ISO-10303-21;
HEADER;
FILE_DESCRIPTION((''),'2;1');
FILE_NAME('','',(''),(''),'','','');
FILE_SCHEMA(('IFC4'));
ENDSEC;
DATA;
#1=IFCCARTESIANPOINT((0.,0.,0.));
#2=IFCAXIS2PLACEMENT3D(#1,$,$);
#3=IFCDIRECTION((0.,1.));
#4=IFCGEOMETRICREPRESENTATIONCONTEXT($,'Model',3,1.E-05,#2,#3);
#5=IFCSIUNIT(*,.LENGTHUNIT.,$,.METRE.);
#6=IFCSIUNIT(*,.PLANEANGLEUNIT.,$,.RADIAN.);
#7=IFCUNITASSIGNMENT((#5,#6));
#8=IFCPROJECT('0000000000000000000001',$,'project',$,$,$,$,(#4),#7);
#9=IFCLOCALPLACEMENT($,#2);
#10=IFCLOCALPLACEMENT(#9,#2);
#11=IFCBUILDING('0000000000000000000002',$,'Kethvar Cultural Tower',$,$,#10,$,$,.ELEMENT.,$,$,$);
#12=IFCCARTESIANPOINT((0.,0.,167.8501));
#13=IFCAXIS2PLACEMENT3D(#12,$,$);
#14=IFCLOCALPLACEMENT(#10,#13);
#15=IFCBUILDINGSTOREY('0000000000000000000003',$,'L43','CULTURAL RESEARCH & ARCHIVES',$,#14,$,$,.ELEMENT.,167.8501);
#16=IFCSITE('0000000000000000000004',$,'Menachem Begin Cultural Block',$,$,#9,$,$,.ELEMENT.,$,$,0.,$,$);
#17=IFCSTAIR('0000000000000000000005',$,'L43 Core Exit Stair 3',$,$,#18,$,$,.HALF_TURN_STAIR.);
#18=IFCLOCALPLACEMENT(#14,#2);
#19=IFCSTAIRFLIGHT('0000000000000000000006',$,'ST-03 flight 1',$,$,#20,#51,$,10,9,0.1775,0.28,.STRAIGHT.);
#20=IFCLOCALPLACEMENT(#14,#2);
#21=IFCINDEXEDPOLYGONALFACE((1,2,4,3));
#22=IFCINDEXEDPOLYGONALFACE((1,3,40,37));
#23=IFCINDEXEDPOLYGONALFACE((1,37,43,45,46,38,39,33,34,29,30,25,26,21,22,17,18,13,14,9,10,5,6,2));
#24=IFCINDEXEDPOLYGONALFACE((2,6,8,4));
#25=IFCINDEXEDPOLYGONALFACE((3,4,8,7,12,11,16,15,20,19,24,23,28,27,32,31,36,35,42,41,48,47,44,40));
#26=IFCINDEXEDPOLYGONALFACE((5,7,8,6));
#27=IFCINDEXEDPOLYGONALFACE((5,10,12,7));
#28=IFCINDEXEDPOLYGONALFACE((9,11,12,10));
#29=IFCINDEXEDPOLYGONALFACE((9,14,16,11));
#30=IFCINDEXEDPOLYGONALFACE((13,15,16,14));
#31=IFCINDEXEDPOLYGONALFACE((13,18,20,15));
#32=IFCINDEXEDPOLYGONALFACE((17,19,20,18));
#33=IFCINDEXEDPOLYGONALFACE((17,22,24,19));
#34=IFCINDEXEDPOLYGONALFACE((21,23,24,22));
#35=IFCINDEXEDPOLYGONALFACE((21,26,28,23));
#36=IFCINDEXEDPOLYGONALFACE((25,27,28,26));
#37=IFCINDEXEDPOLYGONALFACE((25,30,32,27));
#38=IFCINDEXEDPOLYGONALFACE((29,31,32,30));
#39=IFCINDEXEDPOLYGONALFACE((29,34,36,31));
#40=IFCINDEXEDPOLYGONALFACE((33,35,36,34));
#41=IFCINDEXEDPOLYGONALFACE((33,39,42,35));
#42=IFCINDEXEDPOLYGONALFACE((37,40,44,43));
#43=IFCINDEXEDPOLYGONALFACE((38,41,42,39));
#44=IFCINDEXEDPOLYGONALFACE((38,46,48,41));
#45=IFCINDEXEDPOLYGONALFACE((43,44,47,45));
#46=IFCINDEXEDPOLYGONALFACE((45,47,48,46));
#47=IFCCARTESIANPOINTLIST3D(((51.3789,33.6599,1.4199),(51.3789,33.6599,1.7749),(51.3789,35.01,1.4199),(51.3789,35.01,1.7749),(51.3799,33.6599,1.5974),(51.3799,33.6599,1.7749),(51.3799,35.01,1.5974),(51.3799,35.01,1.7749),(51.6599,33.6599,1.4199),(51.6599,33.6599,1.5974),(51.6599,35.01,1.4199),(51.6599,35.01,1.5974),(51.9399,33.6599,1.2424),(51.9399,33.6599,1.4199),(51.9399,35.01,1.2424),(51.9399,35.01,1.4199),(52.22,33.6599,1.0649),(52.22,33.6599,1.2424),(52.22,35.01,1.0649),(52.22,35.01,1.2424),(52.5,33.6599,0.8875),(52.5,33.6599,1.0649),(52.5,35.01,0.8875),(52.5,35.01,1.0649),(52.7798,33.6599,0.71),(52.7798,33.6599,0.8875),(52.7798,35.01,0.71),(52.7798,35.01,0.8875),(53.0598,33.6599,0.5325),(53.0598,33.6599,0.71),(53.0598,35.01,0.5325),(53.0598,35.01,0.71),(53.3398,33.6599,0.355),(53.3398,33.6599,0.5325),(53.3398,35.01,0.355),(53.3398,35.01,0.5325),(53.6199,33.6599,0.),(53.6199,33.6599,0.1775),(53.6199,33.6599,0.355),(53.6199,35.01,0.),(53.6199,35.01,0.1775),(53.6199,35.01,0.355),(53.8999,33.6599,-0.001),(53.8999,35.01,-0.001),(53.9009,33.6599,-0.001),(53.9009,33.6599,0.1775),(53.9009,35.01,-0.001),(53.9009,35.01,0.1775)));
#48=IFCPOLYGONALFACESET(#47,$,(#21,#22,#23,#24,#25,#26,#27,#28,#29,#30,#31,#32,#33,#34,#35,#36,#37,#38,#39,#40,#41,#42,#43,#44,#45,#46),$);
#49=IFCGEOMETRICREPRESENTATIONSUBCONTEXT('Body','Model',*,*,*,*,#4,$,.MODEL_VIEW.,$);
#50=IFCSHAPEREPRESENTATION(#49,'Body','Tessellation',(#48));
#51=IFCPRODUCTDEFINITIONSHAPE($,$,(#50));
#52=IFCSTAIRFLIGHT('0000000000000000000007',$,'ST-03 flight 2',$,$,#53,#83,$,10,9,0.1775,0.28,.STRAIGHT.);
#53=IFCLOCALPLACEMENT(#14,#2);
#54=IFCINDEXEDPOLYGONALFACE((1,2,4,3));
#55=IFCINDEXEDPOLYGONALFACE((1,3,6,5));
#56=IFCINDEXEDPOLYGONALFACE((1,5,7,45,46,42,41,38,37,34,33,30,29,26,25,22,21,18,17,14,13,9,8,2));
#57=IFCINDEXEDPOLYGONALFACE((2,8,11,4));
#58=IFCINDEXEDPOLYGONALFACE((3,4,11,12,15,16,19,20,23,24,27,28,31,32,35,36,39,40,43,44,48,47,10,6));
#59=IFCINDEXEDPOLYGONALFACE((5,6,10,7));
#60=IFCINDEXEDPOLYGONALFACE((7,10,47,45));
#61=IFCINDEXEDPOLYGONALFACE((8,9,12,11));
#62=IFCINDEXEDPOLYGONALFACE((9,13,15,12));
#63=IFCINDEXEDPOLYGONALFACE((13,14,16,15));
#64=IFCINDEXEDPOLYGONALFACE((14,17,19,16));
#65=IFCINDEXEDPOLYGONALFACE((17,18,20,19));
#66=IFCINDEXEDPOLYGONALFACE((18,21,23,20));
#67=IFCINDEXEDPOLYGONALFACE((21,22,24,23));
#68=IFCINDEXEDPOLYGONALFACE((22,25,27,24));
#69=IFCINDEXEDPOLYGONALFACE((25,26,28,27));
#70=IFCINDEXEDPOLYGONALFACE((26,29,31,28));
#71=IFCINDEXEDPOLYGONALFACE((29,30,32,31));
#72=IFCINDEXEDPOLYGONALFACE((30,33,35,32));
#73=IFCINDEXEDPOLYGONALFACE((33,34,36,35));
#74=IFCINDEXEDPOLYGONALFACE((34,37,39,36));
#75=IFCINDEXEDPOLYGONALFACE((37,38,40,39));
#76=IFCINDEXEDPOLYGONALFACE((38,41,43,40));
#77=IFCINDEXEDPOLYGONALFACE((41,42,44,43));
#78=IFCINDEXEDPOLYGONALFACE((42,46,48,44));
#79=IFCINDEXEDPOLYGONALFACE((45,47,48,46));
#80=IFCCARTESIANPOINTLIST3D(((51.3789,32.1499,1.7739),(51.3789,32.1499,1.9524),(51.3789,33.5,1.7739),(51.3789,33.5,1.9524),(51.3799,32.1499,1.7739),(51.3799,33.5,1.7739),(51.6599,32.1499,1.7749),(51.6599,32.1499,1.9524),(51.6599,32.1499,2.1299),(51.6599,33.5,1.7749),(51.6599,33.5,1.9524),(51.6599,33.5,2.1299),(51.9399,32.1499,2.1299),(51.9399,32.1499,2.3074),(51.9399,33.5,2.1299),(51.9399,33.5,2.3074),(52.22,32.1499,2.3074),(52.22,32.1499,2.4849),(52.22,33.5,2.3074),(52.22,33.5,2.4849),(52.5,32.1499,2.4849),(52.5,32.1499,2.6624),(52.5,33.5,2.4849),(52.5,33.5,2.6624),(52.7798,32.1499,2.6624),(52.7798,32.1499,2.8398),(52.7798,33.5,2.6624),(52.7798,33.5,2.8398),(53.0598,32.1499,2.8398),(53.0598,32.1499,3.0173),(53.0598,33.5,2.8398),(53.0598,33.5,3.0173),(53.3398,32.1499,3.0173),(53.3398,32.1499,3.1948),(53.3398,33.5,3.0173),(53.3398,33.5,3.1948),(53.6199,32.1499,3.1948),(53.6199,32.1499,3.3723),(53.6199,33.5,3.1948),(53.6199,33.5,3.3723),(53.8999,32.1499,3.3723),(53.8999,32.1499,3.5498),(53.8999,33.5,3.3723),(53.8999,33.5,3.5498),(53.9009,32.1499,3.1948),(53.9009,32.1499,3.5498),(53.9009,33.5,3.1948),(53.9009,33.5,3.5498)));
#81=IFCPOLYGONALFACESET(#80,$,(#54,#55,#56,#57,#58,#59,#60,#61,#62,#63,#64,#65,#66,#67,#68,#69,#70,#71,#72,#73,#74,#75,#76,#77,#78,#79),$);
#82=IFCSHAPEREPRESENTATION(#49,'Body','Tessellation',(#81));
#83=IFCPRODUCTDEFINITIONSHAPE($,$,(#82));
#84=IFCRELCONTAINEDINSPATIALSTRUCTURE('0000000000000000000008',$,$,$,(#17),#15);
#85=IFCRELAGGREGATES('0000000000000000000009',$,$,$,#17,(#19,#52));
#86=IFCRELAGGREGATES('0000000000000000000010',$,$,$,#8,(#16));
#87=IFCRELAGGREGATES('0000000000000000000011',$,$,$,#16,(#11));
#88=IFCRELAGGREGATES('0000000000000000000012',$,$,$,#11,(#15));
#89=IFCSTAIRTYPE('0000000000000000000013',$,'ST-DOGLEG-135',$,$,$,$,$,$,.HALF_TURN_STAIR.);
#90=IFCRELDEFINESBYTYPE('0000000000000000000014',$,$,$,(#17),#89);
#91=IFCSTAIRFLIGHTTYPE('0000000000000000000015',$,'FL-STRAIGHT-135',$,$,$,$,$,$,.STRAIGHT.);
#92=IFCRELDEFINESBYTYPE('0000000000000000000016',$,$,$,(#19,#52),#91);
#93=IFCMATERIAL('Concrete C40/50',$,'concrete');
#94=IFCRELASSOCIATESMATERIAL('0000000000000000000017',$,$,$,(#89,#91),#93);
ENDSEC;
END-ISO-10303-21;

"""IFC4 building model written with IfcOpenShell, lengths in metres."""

from ifc_helpers import new_model, si_unit, direction, frame, origin, place, context, subcontext, project, spatial, polyline, outline, extrude, material, type_object, element, aggregate, save


model = new_model("IFC4")

# Units and contexts
model_context = context("Model", 3, precision=1e-05, world=origin(), true_north=direction((0.0, 1.0)))
body_context = subcontext(model_context, "Body", "Model", "MODEL_VIEW")
ifc_project = project(units=[si_unit("LENGTHUNIT", "METRE"), si_unit("PLANEANGLEUNIT", "RADIAN")], contexts=[model_context])

# Site, building, storey
site_placement = place(None, origin())
site = spatial("IfcSite", under=ifc_project, at=site_placement, Name="Menachem Begin Cultural Block", CompositionType="ELEMENT", RefElevation=0.0)
building_placement = place(site_placement, origin())
building = spatial("IfcBuilding", under=site, at=building_placement, Name="Kethvar Cultural Tower", CompositionType="ELEMENT")
storey_placement = place(building_placement, frame((0.0, 0.0, 167.8501)))
storey = spatial("IfcBuildingStorey", under=building, at=storey_placement, Name="L43", Description="CULTURAL RESEARCH & ARCHIVES", CompositionType="ELEMENT", Elevation=167.8501)

# Shared definitions
ifc_material_1 = material(Name="Concrete C40/50", Category="concrete")

# Stair, stair flights
stair_type = type_object("IfcStairType", Name="ST-DOGLEG-135", PredefinedType="HALF_TURN_STAIR", material=ifc_material_1)
stair_placement = place(storey_placement, origin())
stair = element("IfcStair", 1, at=stair_placement, inside=storey, type_object=stair_type, Name="L43 Core Exit Stair 3", PredefinedType="HALF_TURN_STAIR")
stair_flight_type = type_object("IfcStairFlightType", Name="FL-STRAIGHT-135", PredefinedType="STRAIGHT", material=ifc_material_1)
stair_flight_1_placement = place(storey_placement, frame((53.8999, 34.335, 0.0), z_axis=(0.0, 0.0, 1.0), x_axis=(-1.0, 0.0, 0.0)))
stair_flight_1 = element("IfcStairFlight", 2, at=stair_flight_1_placement, type_object=stair_flight_type, Name="ST-03 flight 1", NumberOfRisers=10, NumberOfTreads=9, PredefinedType="STRAIGHT", RiserHeight=0.1775, TreadLength=0.28, context=body_context, shape_type="SweptSolid", body=[
    extrude(outline(polyline([(-0.001, -0.001), (-0.001, 0.1775), (0.28, 0.1775), (0.28, 0.355), (0.5601, 0.355), (0.5601, 0.5325), (0.8401, 0.5325), (0.8401, 0.71), (1.1201, 0.71), (1.1201, 0.8875), (1.3999, 0.8875), (1.3999, 1.0649), (1.6799, 1.0649), (1.6799, 1.2424), (1.96, 1.2424), (1.96, 1.4199), (2.24, 1.4199), (2.24, 1.5974), (2.52, 1.5974), (2.52, 1.7749), (2.521, 1.7749), (2.521, 1.4199), (0.28, 0.0), (0.0, -0.001), (-0.001, -0.001)])), frame((0.0, 0.675, 0.0), z_axis=(0.0, -1.0, 0.0), x_axis=(1.0, 0.0, 0.0)), (0.0, 0.0, 1.0), 1.3501),
])
stair_flight_2_placement = place(storey_placement, frame((51.3799, 32.825, 1.7749), z_axis=(0.0, 0.0, 1.0), x_axis=(1.0, 0.0, 0.0)))
stair_flight_2 = element("IfcStairFlight", 3, at=stair_flight_2_placement, type_object=stair_flight_type, Name="ST-03 flight 2", NumberOfRisers=10, NumberOfTreads=9, PredefinedType="STRAIGHT", RiserHeight=0.1775, TreadLength=0.28, context=body_context, shape_type="SweptSolid", body=[
    extrude(outline(polyline([(-0.001, -0.001), (-0.001, 0.1775), (0.28, 0.1775), (0.28, 0.355), (0.5601, 0.355), (0.5601, 0.5325), (0.8401, 0.5325), (0.8401, 0.71), (1.1201, 0.71), (1.1201, 0.8875), (1.3999, 0.8875), (1.3999, 1.0649), (1.6799, 1.0649), (1.6799, 1.2424), (1.96, 1.2424), (1.96, 1.4199), (2.24, 1.4199), (2.24, 1.5974), (2.52, 1.5974), (2.52, 1.7749), (2.521, 1.7749), (2.521, 1.4199), (0.28, 0.0), (0.0, -0.001), (-0.001, -0.001)])), frame((0.0, 0.675, 0.0), z_axis=(0.0, -1.0, 0.0), x_axis=(1.0, 0.0, 0.0)), (0.0, 0.0, 1.0), 1.3501),
])
aggregate(stair, [stair_flight_1, stair_flight_2])

save(model, "model.ifc")
